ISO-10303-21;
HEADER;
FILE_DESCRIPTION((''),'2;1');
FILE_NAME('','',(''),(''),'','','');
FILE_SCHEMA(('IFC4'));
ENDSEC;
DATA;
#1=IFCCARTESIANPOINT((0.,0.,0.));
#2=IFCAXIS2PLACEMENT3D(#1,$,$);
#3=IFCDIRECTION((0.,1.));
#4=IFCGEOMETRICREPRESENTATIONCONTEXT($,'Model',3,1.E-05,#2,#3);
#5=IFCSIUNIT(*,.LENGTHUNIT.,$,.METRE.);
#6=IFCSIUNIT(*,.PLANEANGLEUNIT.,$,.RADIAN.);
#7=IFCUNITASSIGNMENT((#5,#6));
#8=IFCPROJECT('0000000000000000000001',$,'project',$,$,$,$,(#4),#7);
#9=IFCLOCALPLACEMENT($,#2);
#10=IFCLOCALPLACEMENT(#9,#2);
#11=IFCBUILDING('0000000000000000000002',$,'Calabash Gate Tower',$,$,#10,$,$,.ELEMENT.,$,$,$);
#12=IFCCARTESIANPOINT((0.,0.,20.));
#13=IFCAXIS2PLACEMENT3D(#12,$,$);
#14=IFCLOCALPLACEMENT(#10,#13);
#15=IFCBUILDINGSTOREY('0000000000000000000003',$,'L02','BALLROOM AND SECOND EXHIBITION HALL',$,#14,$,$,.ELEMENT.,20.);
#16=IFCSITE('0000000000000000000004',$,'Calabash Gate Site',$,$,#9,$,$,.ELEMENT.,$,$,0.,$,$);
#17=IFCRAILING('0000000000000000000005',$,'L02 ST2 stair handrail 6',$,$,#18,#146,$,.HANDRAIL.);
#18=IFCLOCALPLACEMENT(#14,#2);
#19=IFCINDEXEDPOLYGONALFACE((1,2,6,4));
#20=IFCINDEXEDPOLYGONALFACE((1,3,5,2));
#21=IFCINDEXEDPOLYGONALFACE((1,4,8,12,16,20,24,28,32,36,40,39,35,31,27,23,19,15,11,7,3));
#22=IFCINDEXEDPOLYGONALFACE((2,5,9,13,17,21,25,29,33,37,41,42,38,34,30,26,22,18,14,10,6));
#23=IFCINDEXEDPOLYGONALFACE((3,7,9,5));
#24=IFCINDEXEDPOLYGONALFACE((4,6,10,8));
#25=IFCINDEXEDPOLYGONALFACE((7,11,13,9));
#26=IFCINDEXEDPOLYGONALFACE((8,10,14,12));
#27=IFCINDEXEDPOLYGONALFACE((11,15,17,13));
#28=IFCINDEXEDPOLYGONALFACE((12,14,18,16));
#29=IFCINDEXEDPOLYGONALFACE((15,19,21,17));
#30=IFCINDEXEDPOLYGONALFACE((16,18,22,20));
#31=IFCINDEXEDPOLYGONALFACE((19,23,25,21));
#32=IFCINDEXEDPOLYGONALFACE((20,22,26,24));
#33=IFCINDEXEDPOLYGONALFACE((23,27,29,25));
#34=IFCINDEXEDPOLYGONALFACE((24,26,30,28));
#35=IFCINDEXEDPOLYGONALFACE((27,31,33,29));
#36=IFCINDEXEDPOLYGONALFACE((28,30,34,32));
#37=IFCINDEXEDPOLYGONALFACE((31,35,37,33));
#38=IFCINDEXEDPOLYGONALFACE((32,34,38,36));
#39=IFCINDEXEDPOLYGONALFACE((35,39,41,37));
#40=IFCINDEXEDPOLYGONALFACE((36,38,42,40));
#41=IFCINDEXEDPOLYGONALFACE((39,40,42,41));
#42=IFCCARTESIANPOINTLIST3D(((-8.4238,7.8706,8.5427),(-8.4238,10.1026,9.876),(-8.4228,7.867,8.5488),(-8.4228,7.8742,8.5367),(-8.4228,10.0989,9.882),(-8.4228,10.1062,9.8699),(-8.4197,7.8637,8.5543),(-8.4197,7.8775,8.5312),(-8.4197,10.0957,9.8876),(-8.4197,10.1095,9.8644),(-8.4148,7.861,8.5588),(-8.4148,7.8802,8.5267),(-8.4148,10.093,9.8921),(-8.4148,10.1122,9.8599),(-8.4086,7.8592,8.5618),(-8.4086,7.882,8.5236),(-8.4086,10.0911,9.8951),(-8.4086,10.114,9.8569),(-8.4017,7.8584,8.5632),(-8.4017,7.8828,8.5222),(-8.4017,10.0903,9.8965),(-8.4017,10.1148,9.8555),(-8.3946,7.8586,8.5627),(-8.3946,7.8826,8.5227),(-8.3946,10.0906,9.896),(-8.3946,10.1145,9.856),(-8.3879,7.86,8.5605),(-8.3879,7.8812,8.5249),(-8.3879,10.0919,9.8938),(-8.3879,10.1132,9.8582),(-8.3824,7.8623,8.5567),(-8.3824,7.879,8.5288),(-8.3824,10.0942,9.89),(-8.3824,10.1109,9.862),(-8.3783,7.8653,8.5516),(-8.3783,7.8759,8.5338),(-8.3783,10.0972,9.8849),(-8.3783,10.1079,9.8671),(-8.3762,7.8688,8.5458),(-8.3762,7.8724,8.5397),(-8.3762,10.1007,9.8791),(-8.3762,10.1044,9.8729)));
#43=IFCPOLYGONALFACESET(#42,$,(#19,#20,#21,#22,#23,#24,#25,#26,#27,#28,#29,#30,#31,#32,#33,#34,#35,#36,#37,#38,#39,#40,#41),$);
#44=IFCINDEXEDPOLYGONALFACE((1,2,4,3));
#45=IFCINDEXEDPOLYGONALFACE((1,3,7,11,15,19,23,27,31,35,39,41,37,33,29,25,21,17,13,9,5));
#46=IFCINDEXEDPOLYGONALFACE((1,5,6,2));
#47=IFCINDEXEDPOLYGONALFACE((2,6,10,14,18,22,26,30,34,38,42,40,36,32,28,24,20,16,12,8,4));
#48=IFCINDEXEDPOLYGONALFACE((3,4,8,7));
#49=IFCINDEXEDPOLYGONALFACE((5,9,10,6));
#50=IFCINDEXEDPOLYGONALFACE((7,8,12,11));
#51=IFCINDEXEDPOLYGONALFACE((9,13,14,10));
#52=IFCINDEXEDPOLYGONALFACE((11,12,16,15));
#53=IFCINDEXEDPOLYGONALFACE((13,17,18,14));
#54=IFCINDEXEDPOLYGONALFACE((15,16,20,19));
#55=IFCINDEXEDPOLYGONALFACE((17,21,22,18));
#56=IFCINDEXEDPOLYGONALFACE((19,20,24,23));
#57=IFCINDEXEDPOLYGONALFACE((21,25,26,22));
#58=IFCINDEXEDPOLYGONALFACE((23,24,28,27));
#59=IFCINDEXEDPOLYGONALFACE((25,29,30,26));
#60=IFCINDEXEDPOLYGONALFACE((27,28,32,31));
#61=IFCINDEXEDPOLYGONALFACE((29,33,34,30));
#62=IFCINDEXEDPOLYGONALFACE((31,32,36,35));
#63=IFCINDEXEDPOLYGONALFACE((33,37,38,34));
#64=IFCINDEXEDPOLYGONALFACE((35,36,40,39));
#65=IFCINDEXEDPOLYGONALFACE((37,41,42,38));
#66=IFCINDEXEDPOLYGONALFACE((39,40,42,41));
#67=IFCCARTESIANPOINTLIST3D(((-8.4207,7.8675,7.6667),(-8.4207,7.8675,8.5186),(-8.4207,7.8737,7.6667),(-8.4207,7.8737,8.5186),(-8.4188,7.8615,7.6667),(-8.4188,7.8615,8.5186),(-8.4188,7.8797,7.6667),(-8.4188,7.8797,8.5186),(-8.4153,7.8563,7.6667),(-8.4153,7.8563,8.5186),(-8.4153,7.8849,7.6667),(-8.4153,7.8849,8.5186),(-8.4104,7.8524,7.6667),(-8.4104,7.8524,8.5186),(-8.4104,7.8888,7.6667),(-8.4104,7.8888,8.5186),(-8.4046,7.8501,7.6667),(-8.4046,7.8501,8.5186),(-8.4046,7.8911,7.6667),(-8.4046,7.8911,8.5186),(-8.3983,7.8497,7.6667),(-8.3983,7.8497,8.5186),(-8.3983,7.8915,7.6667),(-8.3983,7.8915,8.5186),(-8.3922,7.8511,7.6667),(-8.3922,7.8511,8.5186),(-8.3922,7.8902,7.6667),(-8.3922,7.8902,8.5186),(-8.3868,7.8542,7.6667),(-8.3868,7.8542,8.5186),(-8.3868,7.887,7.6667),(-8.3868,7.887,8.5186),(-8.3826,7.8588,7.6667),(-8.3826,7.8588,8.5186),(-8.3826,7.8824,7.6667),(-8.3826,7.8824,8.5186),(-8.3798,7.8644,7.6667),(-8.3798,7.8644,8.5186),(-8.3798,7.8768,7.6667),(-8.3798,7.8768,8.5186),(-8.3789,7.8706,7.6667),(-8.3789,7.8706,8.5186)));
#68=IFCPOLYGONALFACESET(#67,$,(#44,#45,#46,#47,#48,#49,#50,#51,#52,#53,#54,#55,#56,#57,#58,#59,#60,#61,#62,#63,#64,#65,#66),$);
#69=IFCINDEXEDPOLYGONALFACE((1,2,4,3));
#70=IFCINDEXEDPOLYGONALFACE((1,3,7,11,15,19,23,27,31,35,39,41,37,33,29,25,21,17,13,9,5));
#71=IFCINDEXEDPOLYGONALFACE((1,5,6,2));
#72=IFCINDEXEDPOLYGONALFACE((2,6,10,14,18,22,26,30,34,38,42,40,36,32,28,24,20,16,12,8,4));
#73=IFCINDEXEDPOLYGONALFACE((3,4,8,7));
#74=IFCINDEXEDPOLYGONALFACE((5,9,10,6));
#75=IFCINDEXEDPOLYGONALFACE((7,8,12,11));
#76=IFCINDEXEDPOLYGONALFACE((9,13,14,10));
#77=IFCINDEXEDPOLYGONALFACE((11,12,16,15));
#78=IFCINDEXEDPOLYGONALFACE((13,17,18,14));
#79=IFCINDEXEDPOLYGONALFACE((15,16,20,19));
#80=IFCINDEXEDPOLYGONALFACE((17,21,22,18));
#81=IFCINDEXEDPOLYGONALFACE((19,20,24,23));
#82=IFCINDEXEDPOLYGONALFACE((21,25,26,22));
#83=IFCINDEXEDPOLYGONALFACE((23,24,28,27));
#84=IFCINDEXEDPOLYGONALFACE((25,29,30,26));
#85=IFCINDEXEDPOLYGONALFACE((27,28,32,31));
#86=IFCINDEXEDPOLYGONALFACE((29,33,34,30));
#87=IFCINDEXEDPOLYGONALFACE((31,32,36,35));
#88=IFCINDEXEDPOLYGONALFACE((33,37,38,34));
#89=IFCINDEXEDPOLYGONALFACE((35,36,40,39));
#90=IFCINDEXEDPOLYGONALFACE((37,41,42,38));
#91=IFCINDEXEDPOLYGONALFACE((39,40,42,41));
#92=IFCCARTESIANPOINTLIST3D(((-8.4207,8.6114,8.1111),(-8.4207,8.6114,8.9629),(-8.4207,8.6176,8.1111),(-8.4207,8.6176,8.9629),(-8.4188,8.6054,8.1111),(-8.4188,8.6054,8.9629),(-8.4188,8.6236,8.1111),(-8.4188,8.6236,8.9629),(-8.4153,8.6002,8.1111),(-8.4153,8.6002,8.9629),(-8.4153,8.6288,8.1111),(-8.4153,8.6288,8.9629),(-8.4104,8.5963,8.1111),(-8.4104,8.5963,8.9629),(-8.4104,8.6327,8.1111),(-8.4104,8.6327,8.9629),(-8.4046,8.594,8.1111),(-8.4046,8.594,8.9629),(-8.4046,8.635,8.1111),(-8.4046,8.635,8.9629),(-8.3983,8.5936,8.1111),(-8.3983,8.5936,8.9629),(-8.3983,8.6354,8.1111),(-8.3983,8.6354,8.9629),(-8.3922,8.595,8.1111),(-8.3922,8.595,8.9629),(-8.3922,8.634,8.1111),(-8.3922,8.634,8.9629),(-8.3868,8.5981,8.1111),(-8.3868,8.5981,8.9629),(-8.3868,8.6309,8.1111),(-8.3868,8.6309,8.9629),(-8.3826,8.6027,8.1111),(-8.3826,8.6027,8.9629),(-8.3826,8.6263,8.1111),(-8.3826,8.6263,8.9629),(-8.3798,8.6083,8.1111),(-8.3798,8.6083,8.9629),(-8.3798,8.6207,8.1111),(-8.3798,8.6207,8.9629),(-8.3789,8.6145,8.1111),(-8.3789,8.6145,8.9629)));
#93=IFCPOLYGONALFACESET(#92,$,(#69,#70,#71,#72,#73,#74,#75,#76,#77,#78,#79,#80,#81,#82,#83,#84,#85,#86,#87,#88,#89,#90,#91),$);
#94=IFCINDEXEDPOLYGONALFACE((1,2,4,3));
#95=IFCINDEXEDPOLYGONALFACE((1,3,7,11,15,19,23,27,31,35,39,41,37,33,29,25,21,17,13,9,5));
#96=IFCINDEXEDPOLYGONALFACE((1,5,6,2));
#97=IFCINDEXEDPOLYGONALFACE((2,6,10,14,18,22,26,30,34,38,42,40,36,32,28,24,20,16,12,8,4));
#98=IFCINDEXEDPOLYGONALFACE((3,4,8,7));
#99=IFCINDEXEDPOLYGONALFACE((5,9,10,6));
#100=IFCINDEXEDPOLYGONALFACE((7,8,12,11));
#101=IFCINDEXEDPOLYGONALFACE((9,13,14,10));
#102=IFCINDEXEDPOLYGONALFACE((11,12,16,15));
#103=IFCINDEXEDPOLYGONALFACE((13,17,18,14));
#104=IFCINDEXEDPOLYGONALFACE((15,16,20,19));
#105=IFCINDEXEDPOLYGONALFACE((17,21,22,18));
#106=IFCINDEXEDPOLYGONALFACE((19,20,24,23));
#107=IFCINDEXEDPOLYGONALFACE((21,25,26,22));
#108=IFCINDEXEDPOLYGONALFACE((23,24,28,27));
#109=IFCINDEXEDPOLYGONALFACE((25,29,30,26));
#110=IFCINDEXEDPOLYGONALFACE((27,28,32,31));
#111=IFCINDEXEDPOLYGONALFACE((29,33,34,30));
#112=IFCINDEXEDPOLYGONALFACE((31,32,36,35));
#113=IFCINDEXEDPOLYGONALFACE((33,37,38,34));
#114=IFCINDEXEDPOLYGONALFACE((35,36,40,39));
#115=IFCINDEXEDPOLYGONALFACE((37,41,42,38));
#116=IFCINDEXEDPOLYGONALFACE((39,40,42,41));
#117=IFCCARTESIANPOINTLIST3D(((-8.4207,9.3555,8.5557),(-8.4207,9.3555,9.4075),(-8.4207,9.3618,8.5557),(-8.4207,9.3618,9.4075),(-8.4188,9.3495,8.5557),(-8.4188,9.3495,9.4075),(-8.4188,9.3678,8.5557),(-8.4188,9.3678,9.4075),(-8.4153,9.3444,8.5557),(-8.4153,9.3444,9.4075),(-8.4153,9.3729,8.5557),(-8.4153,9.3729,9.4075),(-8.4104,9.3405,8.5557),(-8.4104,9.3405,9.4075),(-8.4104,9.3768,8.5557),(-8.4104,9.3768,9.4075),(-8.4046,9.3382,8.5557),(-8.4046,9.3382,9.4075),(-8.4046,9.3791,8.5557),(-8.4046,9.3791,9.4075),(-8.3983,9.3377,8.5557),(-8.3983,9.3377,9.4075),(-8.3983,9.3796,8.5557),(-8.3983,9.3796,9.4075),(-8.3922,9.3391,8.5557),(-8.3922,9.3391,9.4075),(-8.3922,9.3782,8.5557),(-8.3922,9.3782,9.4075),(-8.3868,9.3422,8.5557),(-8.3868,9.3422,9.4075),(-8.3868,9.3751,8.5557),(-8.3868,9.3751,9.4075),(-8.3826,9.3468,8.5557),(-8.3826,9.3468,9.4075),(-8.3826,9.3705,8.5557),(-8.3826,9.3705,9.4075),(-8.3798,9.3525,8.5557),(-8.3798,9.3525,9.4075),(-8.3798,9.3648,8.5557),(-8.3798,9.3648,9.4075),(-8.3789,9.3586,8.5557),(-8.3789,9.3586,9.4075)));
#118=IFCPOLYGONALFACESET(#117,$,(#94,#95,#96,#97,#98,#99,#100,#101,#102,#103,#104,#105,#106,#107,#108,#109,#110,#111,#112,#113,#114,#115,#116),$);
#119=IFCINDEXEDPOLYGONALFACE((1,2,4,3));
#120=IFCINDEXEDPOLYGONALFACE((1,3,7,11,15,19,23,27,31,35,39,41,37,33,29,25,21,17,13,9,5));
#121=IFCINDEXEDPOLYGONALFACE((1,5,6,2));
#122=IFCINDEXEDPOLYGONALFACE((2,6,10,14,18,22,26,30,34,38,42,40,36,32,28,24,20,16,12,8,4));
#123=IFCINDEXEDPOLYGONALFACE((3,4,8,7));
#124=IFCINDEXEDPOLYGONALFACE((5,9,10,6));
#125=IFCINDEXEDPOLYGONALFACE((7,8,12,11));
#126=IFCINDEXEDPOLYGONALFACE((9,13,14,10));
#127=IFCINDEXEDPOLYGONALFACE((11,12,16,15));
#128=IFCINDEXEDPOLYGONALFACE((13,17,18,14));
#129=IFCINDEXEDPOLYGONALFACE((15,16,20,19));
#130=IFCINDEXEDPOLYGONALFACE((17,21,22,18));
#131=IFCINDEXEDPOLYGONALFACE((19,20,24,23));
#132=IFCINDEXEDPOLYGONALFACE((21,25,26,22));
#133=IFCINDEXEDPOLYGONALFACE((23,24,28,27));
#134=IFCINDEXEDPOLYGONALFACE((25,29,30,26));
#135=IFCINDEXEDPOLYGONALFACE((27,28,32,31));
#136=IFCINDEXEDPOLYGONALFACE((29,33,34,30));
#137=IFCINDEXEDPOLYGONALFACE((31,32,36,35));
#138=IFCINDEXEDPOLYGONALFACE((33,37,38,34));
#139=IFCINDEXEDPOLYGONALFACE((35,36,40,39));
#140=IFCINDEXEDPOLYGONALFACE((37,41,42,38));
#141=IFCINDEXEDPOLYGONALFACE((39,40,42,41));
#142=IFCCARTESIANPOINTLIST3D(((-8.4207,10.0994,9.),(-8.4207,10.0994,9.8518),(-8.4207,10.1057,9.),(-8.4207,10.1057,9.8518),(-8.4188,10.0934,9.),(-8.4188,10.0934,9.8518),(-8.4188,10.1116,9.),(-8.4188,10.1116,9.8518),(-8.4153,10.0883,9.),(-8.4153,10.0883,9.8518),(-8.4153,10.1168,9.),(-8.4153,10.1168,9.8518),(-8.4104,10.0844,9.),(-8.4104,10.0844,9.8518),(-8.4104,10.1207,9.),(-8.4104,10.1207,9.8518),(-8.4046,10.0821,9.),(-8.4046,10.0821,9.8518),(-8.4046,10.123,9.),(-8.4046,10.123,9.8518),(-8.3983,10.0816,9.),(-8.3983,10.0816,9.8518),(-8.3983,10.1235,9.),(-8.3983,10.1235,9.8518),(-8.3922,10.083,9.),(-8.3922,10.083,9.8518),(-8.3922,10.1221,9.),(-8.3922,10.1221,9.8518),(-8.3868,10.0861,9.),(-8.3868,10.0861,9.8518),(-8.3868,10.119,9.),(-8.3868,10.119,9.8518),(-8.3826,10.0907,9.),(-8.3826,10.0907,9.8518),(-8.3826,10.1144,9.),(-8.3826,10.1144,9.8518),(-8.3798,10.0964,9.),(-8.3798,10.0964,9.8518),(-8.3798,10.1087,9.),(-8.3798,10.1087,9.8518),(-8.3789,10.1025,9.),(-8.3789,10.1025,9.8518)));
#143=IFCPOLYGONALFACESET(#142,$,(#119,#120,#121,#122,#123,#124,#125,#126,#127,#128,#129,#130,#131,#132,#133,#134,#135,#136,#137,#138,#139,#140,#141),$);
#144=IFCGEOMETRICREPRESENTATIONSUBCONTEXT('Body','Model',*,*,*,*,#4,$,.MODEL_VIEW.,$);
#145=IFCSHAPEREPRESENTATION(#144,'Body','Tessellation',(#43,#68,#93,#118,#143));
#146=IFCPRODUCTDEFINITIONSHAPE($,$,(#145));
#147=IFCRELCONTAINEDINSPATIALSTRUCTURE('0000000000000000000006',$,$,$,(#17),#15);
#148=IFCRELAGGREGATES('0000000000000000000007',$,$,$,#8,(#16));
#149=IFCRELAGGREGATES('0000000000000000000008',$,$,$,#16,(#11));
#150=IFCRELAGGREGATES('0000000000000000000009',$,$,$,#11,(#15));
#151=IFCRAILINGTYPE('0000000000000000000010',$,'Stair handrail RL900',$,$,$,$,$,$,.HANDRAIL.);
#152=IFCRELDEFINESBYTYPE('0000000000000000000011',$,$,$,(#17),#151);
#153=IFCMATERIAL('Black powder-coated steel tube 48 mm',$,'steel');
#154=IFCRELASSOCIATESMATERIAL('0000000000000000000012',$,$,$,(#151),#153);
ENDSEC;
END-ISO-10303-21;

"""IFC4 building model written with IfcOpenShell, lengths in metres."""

from ifc_helpers import new_model, si_unit, direction, frame, origin, origin_2d, place, context, subcontext, project, spatial, circle, extrude, material, type_object, element, save


model = new_model("IFC4")

# Units and contexts
model_context = context("Model", 3, precision=1e-05, world=origin(), true_north=direction((0.0, 1.0)))
body_context = subcontext(model_context, "Body", "Model", "MODEL_VIEW")
ifc_project = project(units=[si_unit("LENGTHUNIT", "METRE"), si_unit("PLANEANGLEUNIT", "RADIAN")], contexts=[model_context])

# Site, building, storey
site_placement = place(None, origin())
site = spatial("IfcSite", under=ifc_project, at=site_placement, Name="Calabash Gate Site", CompositionType="ELEMENT", RefElevation=0.0)
building_placement = place(site_placement, origin())
building = spatial("IfcBuilding", under=site, at=building_placement, Name="Calabash Gate Tower", CompositionType="ELEMENT")
storey_placement = place(building_placement, frame((0.0, 0.0, 20.0)))
storey = spatial("IfcBuildingStorey", under=building, at=storey_placement, Name="L02", Description="BALLROOM AND SECOND EXHIBITION HALL", CompositionType="ELEMENT", Elevation=20.0)

# Railing
ifc_material_1 = material(Name="Black powder-coated steel tube 48 mm", Category="steel")
railing_type_1 = type_object("IfcRailingType", Name="Stair handrail RL900", PredefinedType="HANDRAIL", material=ifc_material_1)
railing_1_placement = place(storey_placement, frame((-8.3999, 7.8706, 7.6667)))
element("IfcRailing", 1, at=railing_1_placement, inside=storey, type_object=railing_type_1, Name="L02 ST2 stair handrail 6", PredefinedType="HANDRAIL", context=body_context, shape_type="SweptSolid", body=[
    extrude(circle(Radius=0.0239, at=origin_2d()), frame((0.0, 0.0, 0.876), z_axis=(0.0, 0.858494, 0.512824), x_axis=(-1.0, 0.0, 0.0)), (0.0, 0.0, 1.0), 2.5999),
    extrude(circle(Radius=0.021, at=origin_2d()), origin(), (0.0, 0.0, 1.0), 0.8518),
    extrude(circle(Radius=0.021, at=origin_2d()), frame((0.0, 0.7439, 0.4443)), (0.0, 0.0, 1.0), 0.8518),
    extrude(circle(Radius=0.021, at=origin_2d()), frame((0.0, 1.488, 0.8889)), (0.0, 0.0, 1.0), 0.8518),
    extrude(circle(Radius=0.021, at=origin_2d()), frame((0.0, 2.2319, 1.3333)), (0.0, 0.0, 1.0), 0.8518),
])

save(model, "model.ifc")
